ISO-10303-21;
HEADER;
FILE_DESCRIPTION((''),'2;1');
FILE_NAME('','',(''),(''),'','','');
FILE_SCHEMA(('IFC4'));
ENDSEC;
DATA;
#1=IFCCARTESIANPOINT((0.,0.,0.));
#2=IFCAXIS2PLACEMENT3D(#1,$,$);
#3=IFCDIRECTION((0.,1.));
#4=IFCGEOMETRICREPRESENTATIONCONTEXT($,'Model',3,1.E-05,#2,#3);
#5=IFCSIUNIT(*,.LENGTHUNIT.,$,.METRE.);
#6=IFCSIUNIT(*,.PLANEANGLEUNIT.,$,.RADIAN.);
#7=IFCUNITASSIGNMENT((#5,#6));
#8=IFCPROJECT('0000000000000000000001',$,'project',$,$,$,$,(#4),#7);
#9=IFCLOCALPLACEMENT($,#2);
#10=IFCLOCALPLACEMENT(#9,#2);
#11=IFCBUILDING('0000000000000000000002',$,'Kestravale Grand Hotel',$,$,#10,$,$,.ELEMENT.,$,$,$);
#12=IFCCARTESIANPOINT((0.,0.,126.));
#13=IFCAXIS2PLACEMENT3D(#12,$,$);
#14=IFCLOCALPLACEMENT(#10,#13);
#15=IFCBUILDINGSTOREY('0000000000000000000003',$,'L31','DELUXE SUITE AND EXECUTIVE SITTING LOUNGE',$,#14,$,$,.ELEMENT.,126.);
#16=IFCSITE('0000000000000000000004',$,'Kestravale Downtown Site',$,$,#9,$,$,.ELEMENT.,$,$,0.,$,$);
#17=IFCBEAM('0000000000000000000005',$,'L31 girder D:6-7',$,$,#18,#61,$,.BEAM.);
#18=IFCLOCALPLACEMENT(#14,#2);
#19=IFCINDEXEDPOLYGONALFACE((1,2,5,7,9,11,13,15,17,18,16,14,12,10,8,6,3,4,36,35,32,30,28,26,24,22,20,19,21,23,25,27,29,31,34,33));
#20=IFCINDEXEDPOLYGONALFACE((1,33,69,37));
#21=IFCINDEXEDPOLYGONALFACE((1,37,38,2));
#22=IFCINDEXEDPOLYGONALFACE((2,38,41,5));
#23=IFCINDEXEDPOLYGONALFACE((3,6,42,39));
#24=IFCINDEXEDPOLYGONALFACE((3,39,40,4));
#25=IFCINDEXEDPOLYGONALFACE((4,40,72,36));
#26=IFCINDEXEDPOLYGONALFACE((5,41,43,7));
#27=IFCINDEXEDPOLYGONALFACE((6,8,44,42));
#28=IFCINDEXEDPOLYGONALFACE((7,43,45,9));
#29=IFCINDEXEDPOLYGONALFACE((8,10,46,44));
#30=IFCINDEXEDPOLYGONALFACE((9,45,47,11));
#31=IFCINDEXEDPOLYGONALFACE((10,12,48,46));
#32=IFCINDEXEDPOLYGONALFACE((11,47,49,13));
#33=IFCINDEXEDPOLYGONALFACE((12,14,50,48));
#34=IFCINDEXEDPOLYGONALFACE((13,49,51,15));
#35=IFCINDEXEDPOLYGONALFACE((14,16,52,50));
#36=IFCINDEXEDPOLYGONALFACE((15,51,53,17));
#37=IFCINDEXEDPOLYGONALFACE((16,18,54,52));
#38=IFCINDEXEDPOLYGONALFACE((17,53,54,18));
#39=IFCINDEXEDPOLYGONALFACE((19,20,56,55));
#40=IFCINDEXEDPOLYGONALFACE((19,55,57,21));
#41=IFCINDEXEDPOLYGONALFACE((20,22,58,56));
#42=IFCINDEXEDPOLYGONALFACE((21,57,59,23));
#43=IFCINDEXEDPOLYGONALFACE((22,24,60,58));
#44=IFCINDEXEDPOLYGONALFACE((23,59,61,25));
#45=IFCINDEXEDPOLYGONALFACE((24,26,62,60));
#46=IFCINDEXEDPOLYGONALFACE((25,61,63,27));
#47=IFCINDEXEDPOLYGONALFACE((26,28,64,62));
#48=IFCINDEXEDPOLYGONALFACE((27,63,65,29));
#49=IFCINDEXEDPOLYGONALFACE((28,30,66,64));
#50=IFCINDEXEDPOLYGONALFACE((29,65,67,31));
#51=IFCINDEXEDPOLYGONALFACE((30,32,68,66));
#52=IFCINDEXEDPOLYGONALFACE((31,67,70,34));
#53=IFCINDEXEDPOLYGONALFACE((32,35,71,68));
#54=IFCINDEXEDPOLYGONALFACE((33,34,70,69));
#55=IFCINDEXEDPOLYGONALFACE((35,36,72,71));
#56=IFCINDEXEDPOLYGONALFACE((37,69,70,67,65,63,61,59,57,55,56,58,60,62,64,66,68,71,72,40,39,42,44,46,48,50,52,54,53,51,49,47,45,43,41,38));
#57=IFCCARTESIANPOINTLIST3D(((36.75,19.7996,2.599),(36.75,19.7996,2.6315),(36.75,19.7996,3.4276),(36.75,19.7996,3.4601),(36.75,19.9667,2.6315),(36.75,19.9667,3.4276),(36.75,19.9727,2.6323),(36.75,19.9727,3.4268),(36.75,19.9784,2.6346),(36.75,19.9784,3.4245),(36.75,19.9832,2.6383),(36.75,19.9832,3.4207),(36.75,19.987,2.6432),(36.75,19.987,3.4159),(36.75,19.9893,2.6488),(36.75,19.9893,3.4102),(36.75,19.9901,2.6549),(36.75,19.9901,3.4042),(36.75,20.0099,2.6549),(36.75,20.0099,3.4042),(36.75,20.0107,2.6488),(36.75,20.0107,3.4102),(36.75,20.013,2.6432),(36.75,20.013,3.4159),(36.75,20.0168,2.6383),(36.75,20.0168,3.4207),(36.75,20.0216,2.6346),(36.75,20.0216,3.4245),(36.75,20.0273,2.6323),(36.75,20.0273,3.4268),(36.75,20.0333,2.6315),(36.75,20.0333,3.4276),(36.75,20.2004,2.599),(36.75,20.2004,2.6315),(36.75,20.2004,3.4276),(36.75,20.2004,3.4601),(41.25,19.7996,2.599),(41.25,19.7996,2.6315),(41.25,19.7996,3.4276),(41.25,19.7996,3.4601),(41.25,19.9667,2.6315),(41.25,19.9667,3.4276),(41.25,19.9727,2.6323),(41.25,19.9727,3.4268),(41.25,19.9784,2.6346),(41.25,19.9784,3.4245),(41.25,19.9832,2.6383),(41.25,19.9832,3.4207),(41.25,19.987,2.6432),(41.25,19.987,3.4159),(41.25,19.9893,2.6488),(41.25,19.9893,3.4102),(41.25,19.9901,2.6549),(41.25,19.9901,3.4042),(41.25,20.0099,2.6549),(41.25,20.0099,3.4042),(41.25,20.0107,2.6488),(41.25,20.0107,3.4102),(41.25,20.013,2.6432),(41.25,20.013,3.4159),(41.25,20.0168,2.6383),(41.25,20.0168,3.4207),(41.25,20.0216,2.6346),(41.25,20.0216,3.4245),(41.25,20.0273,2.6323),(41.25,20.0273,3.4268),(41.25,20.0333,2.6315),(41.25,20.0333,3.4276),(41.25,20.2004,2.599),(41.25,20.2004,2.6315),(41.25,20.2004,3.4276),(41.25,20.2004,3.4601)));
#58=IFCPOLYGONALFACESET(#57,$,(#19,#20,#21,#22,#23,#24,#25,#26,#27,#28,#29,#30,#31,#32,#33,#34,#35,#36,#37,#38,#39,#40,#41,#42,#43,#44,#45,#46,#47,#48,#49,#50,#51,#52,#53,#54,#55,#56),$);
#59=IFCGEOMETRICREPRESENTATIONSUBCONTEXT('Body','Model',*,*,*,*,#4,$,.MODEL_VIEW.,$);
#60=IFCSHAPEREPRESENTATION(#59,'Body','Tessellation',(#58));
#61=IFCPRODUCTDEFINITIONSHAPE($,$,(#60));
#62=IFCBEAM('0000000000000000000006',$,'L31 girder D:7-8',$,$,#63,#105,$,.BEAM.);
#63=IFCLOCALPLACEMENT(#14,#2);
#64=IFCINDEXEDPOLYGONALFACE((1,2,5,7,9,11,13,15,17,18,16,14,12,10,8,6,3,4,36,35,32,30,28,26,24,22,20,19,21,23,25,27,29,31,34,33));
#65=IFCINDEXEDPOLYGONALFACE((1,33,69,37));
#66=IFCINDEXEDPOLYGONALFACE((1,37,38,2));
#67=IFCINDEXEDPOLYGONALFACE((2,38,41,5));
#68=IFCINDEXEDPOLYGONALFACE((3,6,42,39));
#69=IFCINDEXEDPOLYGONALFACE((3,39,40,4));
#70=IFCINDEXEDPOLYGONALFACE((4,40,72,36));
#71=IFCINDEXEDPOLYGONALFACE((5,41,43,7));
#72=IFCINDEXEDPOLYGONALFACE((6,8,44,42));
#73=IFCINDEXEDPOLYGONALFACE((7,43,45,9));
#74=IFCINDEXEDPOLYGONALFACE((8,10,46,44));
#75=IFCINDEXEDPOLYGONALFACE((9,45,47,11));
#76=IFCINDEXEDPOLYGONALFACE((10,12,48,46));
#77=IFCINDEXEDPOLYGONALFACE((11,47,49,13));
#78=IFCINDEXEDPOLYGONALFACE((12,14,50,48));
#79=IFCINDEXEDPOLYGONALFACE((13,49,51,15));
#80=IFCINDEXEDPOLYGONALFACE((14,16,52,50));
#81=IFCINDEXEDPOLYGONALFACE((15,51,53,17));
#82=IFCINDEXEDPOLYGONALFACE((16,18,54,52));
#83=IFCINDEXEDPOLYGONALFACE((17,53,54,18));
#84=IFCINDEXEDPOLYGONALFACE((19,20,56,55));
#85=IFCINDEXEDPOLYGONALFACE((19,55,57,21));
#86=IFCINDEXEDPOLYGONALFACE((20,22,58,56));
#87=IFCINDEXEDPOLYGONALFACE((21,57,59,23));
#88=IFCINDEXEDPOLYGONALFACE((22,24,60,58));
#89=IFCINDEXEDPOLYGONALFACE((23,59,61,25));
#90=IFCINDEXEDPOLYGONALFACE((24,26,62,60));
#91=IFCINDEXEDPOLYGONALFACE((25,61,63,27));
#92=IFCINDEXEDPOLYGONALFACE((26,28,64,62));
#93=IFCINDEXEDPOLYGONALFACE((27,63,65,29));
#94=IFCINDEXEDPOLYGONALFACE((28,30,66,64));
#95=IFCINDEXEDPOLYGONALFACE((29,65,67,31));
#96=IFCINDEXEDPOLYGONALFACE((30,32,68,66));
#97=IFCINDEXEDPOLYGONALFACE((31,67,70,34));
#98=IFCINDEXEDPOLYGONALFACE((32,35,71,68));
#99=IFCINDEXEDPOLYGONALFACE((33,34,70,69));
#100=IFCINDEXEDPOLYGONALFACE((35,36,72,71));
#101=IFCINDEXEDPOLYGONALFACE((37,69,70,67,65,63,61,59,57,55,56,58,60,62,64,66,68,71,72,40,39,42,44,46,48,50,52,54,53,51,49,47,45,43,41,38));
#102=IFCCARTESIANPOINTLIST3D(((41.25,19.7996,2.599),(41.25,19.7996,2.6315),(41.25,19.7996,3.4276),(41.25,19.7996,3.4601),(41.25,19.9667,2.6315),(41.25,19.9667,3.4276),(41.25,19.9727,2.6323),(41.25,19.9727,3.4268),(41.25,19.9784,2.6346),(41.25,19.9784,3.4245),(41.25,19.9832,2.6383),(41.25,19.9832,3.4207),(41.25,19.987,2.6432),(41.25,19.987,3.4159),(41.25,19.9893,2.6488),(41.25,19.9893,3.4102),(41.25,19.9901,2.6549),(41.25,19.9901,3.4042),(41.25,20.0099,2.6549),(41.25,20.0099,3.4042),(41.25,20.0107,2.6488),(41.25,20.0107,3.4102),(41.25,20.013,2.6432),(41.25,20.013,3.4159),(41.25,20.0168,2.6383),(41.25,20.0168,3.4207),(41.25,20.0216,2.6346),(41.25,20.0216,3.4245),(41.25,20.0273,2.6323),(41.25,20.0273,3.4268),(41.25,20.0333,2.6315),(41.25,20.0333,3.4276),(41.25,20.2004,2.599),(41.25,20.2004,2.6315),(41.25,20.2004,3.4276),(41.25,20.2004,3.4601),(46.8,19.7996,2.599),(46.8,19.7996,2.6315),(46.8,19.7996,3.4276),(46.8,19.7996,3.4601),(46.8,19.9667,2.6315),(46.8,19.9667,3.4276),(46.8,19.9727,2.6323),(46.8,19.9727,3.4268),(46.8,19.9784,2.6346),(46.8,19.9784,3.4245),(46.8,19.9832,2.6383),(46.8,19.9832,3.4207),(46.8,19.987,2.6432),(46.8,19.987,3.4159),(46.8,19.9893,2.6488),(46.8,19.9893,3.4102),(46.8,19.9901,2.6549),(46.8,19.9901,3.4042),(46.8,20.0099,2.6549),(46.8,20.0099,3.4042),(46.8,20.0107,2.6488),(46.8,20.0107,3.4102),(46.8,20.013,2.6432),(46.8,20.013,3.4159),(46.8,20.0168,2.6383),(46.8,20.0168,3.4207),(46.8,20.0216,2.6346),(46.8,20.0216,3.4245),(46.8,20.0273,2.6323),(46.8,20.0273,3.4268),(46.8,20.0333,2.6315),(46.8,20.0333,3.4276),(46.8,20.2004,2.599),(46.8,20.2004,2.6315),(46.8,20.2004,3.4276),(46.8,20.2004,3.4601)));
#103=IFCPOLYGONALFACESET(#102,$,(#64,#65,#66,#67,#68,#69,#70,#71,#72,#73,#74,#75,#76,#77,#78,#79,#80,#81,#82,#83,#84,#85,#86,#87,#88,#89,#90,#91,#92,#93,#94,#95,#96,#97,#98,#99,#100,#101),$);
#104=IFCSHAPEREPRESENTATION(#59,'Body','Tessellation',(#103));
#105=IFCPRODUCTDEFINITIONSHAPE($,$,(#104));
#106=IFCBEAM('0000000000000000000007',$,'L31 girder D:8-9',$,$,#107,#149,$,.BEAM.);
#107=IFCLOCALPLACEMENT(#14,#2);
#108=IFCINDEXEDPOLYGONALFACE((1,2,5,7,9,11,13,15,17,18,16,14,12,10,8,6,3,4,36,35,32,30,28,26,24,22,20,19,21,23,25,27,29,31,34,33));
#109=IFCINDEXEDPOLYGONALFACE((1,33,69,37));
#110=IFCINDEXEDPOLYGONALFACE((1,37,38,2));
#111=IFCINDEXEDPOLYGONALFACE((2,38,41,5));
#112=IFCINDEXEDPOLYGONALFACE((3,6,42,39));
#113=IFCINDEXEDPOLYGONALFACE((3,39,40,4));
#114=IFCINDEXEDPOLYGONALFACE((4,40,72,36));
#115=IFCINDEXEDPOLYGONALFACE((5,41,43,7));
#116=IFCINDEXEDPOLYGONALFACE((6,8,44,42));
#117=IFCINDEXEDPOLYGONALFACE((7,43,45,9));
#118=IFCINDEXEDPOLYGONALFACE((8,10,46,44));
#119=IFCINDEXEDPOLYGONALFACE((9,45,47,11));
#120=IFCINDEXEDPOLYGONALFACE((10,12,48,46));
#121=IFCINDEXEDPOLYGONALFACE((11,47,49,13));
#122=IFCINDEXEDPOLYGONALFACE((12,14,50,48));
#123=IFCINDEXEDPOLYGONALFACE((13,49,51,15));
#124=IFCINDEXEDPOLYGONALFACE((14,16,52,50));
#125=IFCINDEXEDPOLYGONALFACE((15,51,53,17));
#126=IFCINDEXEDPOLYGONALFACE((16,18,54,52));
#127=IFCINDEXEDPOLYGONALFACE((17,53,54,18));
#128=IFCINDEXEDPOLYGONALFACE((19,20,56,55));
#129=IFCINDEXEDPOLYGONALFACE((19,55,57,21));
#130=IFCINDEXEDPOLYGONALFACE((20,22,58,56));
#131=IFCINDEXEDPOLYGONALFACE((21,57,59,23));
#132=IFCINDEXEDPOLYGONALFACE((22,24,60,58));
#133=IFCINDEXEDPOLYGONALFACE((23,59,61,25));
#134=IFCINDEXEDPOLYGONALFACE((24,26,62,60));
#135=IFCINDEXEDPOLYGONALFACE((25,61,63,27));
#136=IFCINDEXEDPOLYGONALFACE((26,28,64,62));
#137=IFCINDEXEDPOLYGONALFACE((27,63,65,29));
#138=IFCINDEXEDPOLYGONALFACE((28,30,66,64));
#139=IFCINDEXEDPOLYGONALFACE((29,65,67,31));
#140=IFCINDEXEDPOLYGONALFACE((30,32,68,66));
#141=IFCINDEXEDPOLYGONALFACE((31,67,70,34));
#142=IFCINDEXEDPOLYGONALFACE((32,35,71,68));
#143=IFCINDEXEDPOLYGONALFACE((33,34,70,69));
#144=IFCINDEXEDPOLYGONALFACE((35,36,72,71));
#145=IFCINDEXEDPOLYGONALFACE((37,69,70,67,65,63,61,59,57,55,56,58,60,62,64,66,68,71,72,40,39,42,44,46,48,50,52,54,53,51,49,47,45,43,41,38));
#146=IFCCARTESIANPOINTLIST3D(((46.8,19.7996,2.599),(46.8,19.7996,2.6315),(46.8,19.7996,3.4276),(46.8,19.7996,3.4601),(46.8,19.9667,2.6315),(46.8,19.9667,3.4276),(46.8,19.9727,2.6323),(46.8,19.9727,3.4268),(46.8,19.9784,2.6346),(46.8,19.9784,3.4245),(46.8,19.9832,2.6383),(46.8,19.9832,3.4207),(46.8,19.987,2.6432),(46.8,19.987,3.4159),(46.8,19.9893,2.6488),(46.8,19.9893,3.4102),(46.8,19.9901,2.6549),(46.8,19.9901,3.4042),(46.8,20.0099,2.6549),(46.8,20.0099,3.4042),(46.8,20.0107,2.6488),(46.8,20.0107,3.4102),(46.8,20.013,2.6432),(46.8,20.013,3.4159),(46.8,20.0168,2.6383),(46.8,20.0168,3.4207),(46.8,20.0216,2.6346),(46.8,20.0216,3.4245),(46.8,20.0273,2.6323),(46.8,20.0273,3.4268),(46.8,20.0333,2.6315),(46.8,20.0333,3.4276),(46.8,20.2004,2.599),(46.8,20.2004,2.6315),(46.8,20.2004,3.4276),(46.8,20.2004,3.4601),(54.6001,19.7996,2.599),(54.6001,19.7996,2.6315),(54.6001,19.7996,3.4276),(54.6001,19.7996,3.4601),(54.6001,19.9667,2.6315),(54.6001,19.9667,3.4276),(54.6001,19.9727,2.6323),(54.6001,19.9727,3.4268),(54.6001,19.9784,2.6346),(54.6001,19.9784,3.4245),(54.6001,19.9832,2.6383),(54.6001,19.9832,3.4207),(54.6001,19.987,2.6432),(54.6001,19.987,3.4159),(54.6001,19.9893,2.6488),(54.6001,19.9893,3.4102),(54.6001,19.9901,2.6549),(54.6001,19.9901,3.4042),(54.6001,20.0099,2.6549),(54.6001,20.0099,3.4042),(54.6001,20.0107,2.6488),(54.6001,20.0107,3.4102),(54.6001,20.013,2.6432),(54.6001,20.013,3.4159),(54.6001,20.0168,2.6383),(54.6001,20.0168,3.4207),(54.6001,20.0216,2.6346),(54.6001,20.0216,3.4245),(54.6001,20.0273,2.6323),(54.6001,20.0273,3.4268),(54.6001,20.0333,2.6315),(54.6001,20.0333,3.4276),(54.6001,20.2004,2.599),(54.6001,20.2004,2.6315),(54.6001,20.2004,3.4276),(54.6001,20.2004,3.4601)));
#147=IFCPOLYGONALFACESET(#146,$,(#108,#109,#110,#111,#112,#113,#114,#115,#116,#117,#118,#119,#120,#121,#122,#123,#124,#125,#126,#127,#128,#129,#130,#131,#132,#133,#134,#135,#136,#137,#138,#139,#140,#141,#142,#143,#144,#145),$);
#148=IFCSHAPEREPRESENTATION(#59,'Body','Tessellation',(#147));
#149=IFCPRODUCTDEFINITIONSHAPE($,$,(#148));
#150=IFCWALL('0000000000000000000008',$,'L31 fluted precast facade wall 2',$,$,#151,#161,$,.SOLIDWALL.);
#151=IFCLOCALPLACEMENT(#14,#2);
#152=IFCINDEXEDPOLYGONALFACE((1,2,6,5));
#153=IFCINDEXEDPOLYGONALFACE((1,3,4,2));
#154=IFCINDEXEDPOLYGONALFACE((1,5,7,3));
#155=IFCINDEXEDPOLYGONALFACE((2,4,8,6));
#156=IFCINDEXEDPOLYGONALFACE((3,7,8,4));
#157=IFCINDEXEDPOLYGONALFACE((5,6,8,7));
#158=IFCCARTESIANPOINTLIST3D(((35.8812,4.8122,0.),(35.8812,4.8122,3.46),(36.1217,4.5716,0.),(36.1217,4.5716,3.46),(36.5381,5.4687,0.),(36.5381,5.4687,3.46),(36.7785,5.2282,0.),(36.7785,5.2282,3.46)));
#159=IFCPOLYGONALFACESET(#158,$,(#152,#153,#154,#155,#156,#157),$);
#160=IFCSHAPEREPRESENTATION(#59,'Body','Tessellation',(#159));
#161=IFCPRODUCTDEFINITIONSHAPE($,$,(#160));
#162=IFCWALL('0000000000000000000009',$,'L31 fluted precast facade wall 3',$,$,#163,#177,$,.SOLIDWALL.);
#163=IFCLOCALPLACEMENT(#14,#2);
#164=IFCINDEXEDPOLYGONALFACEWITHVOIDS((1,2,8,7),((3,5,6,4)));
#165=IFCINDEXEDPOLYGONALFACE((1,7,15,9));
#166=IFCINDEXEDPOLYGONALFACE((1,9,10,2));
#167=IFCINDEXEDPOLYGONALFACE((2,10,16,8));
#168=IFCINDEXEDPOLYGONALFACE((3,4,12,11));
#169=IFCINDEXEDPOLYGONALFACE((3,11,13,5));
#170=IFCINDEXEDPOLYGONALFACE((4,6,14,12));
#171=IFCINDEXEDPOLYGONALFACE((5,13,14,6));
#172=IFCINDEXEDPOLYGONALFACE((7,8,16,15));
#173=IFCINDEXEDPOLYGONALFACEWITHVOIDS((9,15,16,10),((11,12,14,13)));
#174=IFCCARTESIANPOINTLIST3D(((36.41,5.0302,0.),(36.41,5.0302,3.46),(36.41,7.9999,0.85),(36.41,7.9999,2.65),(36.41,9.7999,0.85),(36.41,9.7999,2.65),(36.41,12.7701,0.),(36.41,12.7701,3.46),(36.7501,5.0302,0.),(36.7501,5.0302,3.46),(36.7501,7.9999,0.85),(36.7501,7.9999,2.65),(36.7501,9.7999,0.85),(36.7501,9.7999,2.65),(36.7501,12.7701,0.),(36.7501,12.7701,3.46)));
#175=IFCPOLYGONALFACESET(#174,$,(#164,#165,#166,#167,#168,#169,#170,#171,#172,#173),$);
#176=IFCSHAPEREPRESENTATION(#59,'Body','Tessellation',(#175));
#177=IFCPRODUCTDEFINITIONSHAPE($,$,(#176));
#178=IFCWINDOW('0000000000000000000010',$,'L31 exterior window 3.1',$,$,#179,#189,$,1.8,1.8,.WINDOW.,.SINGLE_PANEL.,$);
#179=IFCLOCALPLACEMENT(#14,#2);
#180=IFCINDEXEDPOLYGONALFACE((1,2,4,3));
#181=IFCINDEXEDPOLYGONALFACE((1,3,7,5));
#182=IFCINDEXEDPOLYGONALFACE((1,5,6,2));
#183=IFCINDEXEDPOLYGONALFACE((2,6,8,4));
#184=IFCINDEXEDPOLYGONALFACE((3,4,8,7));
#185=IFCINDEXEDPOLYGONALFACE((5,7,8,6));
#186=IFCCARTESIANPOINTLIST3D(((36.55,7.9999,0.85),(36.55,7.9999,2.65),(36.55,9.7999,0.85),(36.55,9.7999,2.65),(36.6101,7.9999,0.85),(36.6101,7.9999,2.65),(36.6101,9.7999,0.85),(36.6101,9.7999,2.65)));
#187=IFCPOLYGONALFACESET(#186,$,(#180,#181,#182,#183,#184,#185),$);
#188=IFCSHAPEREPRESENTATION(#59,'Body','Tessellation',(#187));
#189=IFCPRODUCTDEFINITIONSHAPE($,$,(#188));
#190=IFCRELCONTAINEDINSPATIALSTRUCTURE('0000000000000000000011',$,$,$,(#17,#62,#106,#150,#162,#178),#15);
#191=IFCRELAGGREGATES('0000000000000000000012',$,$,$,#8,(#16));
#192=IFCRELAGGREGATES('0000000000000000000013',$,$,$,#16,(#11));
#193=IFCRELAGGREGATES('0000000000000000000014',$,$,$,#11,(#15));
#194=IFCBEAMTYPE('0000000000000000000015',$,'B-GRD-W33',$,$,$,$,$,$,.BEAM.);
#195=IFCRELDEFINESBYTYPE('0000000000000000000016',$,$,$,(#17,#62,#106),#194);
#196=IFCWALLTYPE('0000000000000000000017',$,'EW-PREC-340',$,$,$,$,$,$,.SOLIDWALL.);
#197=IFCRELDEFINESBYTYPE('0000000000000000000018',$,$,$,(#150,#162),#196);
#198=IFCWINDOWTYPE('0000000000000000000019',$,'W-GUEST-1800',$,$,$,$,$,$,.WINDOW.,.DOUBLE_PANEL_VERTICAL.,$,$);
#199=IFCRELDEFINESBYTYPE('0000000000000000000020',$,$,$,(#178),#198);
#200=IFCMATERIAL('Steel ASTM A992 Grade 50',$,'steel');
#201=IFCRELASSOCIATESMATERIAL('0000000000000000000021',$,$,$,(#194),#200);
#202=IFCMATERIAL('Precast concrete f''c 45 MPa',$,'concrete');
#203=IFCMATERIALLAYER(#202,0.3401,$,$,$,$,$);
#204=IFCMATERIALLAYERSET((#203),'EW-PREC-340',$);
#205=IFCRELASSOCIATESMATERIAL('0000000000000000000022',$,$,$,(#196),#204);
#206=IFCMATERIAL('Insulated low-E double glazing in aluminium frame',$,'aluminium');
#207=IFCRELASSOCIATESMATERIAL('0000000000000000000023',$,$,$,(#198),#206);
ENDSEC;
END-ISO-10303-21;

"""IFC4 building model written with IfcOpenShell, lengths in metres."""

from ifc_helpers import new_model, si_unit, direction, frame, frame_2d, origin, origin_2d, place, context, subcontext, project, spatial, rectangle, i_section, extrude, material, layer, layer_set, material_profile, profile_set, type_object, element, fill, save


model = new_model("IFC4")

# Units and contexts
model_context = context("Model", 3, precision=1e-05, world=origin(), true_north=direction((0.0, 1.0)))
body_context = subcontext(model_context, "Body", "Model", "MODEL_VIEW")
ifc_project = project(units=[si_unit("LENGTHUNIT", "METRE"), si_unit("PLANEANGLEUNIT", "RADIAN")], contexts=[model_context])

# Site, building, storey
site_placement = place(None, origin())
site = spatial("IfcSite", under=ifc_project, at=site_placement, Name="Kestravale Downtown Site", CompositionType="ELEMENT", RefElevation=0.0)
building_placement = place(site_placement, origin())
building = spatial("IfcBuilding", under=site, at=building_placement, Name="Kestravale Grand Hotel", CompositionType="ELEMENT")
storey_placement = place(building_placement, frame((0.0, 0.0, 126.0)))
storey = spatial("IfcBuildingStorey", under=building, at=storey_placement, Name="L31", Description="DELUXE SUITE AND EXECUTIVE SITTING LOUNGE", CompositionType="ELEMENT", Elevation=126.0)

# Beams
ifc_material_1 = material(Name="Steel ASTM A992 Grade 50", Category="steel")
ifc_material_profile_1 = material_profile(ifc_material_1, i_section(OverallWidth=0.4009, OverallDepth=0.8611, WebThickness=0.0198, FlangeThickness=0.0325, FilletRadius=0.0234, at=origin_2d()))
ifc_profile_set_1 = profile_set([ifc_material_profile_1], Name="Steel ASTM A992 Grade 50")
beam_type_1 = type_object("IfcBeamType", Name="B-GRD-W33", PredefinedType="BEAM", material=ifc_profile_set_1)
beam_1_placement = place(storey_placement, frame((36.75, 20.0, 3.0295), z_axis=(1.0, 0.0, 0.0), x_axis=(0.0, 1.0, 0.0)))
element("IfcBeam", 1, at=beam_1_placement, inside=storey, type_object=beam_type_1, Name="L31 girder D:6-7", PredefinedType="BEAM", context=body_context, shape_type="SweptSolid", body=[
    extrude(i_section(OverallWidth=0.4009, OverallDepth=0.8611, WebThickness=0.0198, FlangeThickness=0.0325, FilletRadius=0.0234, at=origin_2d()), origin(), (0.0, 0.0, 1.0), 4.5),
])
beam_2_placement = place(storey_placement, frame((41.25, 20.0, 3.0295), z_axis=(1.0, 0.0, 0.0), x_axis=(0.0, 1.0, 0.0)))
element("IfcBeam", 2, at=beam_2_placement, inside=storey, type_object=beam_type_1, Name="L31 girder D:7-8", PredefinedType="BEAM", context=body_context, shape_type="SweptSolid", body=[
    extrude(i_section(OverallWidth=0.4009, OverallDepth=0.8611, WebThickness=0.0198, FlangeThickness=0.0325, FilletRadius=0.0234, at=origin_2d()), origin(), (0.0, 0.0, 1.0), 5.55),
])
beam_3_placement = place(storey_placement, frame((46.8, 20.0, 3.0295), z_axis=(1.0, 0.0, 0.0), x_axis=(0.0, 1.0, 0.0)))
element("IfcBeam", 3, at=beam_3_placement, inside=storey, type_object=beam_type_1, Name="L31 girder D:8-9", PredefinedType="BEAM", context=body_context, shape_type="SweptSolid", body=[
    extrude(i_section(OverallWidth=0.4009, OverallDepth=0.8611, WebThickness=0.0198, FlangeThickness=0.0325, FilletRadius=0.0234, at=origin_2d()), origin(), (0.0, 0.0, 1.0), 7.8),
])

# Wall
ifc_material_2 = material(Name="Precast concrete f'c 45 MPa", Category="concrete")
ifc_layer_1 = layer(ifc_material_2, 0.3401)
ifc_layer_set_1 = layer_set([ifc_layer_1], Name="EW-PREC-340")
wall_type_1 = type_object("IfcWallType", Name="EW-PREC-340", PredefinedType="SOLIDWALL", material=ifc_layer_set_1)
wall_1_placement = place(storey_placement, frame((36.0015, 4.6919, 0.0), z_axis=(0.0, 0.0, 1.0), x_axis=(0.707238, 0.706975, 0.0)))
element("IfcWall", 4, at=wall_1_placement, inside=storey, type_object=wall_type_1, Name="L31 fluted precast facade wall 2", PredefinedType="SOLIDWALL", context=body_context, shape_type="SweptSolid", body=[
    extrude(rectangle(XDim=0.9287, YDim=0.3401, at=frame_2d((0.4644, 0.0))), origin(), (0.0, 0.0, 1.0), 3.46),
])

# Wall, opening, window
wall_2_placement = place(storey_placement, frame((36.5801, 5.03, 0.0), z_axis=(0.0, 0.0, 1.0), x_axis=(0.0, 1.0, 0.0)))
wall_2 = element("IfcWall", 5, at=wall_2_placement, inside=storey, type_object=wall_type_1, Name="L31 fluted precast facade wall 3", PredefinedType="SOLIDWALL", context=body_context, shape_type="SweptSolid", body=[
    extrude(rectangle(XDim=7.74, YDim=0.3401, at=frame_2d((3.8701, 0.0))), origin(), (0.0, 0.0, 1.0), 3.46),
])
opening_1_placement = place(wall_2_placement, frame((2.97, 0.0, 0.8501)))
opening_1 = element("IfcOpeningElement", 6, at=opening_1_placement, cuts=wall_2, PredefinedType="OPENING", context=body_context, shape_type="SweptSolid", body=[
    extrude(rectangle(XDim=1.8, YDim=1.8, at=frame_2d((0.8999, 0.8999))), frame((0.0, 0.1799, 0.0), z_axis=(0.0, -1.0, 0.0), x_axis=(1.0, 0.0, 0.0)), (0.0, 0.0, 1.0), 0.3601),
])
ifc_material_3 = material(Name="Insulated low-E double glazing in aluminium frame", Category="aluminium")
window_type = type_object("IfcWindowType", Name="W-GUEST-1800", PartitioningType="DOUBLE_PANEL_VERTICAL", PredefinedType="WINDOW", material=ifc_material_3)
window_1_placement = place(opening_1_placement, origin())
window_1 = element("IfcWindow", 7, at=window_1_placement, inside=storey, type_object=window_type, Name="L31 exterior window 3.1", OverallHeight=1.8, OverallWidth=1.8, PartitioningType="SINGLE_PANEL", PredefinedType="WINDOW", context=body_context, shape_type="SweptSolid", body=[
    extrude(rectangle(XDim=1.8, YDim=1.8, at=frame_2d((0.8999, 0.8999))), frame((0.0, 0.03, 0.0), z_axis=(0.0, -1.0, 0.0), x_axis=(1.0, 0.0, 0.0)), (0.0, 0.0, 1.0), 0.0601),
])
fill(opening_1, window_1)

save(model, "model.ifc")
